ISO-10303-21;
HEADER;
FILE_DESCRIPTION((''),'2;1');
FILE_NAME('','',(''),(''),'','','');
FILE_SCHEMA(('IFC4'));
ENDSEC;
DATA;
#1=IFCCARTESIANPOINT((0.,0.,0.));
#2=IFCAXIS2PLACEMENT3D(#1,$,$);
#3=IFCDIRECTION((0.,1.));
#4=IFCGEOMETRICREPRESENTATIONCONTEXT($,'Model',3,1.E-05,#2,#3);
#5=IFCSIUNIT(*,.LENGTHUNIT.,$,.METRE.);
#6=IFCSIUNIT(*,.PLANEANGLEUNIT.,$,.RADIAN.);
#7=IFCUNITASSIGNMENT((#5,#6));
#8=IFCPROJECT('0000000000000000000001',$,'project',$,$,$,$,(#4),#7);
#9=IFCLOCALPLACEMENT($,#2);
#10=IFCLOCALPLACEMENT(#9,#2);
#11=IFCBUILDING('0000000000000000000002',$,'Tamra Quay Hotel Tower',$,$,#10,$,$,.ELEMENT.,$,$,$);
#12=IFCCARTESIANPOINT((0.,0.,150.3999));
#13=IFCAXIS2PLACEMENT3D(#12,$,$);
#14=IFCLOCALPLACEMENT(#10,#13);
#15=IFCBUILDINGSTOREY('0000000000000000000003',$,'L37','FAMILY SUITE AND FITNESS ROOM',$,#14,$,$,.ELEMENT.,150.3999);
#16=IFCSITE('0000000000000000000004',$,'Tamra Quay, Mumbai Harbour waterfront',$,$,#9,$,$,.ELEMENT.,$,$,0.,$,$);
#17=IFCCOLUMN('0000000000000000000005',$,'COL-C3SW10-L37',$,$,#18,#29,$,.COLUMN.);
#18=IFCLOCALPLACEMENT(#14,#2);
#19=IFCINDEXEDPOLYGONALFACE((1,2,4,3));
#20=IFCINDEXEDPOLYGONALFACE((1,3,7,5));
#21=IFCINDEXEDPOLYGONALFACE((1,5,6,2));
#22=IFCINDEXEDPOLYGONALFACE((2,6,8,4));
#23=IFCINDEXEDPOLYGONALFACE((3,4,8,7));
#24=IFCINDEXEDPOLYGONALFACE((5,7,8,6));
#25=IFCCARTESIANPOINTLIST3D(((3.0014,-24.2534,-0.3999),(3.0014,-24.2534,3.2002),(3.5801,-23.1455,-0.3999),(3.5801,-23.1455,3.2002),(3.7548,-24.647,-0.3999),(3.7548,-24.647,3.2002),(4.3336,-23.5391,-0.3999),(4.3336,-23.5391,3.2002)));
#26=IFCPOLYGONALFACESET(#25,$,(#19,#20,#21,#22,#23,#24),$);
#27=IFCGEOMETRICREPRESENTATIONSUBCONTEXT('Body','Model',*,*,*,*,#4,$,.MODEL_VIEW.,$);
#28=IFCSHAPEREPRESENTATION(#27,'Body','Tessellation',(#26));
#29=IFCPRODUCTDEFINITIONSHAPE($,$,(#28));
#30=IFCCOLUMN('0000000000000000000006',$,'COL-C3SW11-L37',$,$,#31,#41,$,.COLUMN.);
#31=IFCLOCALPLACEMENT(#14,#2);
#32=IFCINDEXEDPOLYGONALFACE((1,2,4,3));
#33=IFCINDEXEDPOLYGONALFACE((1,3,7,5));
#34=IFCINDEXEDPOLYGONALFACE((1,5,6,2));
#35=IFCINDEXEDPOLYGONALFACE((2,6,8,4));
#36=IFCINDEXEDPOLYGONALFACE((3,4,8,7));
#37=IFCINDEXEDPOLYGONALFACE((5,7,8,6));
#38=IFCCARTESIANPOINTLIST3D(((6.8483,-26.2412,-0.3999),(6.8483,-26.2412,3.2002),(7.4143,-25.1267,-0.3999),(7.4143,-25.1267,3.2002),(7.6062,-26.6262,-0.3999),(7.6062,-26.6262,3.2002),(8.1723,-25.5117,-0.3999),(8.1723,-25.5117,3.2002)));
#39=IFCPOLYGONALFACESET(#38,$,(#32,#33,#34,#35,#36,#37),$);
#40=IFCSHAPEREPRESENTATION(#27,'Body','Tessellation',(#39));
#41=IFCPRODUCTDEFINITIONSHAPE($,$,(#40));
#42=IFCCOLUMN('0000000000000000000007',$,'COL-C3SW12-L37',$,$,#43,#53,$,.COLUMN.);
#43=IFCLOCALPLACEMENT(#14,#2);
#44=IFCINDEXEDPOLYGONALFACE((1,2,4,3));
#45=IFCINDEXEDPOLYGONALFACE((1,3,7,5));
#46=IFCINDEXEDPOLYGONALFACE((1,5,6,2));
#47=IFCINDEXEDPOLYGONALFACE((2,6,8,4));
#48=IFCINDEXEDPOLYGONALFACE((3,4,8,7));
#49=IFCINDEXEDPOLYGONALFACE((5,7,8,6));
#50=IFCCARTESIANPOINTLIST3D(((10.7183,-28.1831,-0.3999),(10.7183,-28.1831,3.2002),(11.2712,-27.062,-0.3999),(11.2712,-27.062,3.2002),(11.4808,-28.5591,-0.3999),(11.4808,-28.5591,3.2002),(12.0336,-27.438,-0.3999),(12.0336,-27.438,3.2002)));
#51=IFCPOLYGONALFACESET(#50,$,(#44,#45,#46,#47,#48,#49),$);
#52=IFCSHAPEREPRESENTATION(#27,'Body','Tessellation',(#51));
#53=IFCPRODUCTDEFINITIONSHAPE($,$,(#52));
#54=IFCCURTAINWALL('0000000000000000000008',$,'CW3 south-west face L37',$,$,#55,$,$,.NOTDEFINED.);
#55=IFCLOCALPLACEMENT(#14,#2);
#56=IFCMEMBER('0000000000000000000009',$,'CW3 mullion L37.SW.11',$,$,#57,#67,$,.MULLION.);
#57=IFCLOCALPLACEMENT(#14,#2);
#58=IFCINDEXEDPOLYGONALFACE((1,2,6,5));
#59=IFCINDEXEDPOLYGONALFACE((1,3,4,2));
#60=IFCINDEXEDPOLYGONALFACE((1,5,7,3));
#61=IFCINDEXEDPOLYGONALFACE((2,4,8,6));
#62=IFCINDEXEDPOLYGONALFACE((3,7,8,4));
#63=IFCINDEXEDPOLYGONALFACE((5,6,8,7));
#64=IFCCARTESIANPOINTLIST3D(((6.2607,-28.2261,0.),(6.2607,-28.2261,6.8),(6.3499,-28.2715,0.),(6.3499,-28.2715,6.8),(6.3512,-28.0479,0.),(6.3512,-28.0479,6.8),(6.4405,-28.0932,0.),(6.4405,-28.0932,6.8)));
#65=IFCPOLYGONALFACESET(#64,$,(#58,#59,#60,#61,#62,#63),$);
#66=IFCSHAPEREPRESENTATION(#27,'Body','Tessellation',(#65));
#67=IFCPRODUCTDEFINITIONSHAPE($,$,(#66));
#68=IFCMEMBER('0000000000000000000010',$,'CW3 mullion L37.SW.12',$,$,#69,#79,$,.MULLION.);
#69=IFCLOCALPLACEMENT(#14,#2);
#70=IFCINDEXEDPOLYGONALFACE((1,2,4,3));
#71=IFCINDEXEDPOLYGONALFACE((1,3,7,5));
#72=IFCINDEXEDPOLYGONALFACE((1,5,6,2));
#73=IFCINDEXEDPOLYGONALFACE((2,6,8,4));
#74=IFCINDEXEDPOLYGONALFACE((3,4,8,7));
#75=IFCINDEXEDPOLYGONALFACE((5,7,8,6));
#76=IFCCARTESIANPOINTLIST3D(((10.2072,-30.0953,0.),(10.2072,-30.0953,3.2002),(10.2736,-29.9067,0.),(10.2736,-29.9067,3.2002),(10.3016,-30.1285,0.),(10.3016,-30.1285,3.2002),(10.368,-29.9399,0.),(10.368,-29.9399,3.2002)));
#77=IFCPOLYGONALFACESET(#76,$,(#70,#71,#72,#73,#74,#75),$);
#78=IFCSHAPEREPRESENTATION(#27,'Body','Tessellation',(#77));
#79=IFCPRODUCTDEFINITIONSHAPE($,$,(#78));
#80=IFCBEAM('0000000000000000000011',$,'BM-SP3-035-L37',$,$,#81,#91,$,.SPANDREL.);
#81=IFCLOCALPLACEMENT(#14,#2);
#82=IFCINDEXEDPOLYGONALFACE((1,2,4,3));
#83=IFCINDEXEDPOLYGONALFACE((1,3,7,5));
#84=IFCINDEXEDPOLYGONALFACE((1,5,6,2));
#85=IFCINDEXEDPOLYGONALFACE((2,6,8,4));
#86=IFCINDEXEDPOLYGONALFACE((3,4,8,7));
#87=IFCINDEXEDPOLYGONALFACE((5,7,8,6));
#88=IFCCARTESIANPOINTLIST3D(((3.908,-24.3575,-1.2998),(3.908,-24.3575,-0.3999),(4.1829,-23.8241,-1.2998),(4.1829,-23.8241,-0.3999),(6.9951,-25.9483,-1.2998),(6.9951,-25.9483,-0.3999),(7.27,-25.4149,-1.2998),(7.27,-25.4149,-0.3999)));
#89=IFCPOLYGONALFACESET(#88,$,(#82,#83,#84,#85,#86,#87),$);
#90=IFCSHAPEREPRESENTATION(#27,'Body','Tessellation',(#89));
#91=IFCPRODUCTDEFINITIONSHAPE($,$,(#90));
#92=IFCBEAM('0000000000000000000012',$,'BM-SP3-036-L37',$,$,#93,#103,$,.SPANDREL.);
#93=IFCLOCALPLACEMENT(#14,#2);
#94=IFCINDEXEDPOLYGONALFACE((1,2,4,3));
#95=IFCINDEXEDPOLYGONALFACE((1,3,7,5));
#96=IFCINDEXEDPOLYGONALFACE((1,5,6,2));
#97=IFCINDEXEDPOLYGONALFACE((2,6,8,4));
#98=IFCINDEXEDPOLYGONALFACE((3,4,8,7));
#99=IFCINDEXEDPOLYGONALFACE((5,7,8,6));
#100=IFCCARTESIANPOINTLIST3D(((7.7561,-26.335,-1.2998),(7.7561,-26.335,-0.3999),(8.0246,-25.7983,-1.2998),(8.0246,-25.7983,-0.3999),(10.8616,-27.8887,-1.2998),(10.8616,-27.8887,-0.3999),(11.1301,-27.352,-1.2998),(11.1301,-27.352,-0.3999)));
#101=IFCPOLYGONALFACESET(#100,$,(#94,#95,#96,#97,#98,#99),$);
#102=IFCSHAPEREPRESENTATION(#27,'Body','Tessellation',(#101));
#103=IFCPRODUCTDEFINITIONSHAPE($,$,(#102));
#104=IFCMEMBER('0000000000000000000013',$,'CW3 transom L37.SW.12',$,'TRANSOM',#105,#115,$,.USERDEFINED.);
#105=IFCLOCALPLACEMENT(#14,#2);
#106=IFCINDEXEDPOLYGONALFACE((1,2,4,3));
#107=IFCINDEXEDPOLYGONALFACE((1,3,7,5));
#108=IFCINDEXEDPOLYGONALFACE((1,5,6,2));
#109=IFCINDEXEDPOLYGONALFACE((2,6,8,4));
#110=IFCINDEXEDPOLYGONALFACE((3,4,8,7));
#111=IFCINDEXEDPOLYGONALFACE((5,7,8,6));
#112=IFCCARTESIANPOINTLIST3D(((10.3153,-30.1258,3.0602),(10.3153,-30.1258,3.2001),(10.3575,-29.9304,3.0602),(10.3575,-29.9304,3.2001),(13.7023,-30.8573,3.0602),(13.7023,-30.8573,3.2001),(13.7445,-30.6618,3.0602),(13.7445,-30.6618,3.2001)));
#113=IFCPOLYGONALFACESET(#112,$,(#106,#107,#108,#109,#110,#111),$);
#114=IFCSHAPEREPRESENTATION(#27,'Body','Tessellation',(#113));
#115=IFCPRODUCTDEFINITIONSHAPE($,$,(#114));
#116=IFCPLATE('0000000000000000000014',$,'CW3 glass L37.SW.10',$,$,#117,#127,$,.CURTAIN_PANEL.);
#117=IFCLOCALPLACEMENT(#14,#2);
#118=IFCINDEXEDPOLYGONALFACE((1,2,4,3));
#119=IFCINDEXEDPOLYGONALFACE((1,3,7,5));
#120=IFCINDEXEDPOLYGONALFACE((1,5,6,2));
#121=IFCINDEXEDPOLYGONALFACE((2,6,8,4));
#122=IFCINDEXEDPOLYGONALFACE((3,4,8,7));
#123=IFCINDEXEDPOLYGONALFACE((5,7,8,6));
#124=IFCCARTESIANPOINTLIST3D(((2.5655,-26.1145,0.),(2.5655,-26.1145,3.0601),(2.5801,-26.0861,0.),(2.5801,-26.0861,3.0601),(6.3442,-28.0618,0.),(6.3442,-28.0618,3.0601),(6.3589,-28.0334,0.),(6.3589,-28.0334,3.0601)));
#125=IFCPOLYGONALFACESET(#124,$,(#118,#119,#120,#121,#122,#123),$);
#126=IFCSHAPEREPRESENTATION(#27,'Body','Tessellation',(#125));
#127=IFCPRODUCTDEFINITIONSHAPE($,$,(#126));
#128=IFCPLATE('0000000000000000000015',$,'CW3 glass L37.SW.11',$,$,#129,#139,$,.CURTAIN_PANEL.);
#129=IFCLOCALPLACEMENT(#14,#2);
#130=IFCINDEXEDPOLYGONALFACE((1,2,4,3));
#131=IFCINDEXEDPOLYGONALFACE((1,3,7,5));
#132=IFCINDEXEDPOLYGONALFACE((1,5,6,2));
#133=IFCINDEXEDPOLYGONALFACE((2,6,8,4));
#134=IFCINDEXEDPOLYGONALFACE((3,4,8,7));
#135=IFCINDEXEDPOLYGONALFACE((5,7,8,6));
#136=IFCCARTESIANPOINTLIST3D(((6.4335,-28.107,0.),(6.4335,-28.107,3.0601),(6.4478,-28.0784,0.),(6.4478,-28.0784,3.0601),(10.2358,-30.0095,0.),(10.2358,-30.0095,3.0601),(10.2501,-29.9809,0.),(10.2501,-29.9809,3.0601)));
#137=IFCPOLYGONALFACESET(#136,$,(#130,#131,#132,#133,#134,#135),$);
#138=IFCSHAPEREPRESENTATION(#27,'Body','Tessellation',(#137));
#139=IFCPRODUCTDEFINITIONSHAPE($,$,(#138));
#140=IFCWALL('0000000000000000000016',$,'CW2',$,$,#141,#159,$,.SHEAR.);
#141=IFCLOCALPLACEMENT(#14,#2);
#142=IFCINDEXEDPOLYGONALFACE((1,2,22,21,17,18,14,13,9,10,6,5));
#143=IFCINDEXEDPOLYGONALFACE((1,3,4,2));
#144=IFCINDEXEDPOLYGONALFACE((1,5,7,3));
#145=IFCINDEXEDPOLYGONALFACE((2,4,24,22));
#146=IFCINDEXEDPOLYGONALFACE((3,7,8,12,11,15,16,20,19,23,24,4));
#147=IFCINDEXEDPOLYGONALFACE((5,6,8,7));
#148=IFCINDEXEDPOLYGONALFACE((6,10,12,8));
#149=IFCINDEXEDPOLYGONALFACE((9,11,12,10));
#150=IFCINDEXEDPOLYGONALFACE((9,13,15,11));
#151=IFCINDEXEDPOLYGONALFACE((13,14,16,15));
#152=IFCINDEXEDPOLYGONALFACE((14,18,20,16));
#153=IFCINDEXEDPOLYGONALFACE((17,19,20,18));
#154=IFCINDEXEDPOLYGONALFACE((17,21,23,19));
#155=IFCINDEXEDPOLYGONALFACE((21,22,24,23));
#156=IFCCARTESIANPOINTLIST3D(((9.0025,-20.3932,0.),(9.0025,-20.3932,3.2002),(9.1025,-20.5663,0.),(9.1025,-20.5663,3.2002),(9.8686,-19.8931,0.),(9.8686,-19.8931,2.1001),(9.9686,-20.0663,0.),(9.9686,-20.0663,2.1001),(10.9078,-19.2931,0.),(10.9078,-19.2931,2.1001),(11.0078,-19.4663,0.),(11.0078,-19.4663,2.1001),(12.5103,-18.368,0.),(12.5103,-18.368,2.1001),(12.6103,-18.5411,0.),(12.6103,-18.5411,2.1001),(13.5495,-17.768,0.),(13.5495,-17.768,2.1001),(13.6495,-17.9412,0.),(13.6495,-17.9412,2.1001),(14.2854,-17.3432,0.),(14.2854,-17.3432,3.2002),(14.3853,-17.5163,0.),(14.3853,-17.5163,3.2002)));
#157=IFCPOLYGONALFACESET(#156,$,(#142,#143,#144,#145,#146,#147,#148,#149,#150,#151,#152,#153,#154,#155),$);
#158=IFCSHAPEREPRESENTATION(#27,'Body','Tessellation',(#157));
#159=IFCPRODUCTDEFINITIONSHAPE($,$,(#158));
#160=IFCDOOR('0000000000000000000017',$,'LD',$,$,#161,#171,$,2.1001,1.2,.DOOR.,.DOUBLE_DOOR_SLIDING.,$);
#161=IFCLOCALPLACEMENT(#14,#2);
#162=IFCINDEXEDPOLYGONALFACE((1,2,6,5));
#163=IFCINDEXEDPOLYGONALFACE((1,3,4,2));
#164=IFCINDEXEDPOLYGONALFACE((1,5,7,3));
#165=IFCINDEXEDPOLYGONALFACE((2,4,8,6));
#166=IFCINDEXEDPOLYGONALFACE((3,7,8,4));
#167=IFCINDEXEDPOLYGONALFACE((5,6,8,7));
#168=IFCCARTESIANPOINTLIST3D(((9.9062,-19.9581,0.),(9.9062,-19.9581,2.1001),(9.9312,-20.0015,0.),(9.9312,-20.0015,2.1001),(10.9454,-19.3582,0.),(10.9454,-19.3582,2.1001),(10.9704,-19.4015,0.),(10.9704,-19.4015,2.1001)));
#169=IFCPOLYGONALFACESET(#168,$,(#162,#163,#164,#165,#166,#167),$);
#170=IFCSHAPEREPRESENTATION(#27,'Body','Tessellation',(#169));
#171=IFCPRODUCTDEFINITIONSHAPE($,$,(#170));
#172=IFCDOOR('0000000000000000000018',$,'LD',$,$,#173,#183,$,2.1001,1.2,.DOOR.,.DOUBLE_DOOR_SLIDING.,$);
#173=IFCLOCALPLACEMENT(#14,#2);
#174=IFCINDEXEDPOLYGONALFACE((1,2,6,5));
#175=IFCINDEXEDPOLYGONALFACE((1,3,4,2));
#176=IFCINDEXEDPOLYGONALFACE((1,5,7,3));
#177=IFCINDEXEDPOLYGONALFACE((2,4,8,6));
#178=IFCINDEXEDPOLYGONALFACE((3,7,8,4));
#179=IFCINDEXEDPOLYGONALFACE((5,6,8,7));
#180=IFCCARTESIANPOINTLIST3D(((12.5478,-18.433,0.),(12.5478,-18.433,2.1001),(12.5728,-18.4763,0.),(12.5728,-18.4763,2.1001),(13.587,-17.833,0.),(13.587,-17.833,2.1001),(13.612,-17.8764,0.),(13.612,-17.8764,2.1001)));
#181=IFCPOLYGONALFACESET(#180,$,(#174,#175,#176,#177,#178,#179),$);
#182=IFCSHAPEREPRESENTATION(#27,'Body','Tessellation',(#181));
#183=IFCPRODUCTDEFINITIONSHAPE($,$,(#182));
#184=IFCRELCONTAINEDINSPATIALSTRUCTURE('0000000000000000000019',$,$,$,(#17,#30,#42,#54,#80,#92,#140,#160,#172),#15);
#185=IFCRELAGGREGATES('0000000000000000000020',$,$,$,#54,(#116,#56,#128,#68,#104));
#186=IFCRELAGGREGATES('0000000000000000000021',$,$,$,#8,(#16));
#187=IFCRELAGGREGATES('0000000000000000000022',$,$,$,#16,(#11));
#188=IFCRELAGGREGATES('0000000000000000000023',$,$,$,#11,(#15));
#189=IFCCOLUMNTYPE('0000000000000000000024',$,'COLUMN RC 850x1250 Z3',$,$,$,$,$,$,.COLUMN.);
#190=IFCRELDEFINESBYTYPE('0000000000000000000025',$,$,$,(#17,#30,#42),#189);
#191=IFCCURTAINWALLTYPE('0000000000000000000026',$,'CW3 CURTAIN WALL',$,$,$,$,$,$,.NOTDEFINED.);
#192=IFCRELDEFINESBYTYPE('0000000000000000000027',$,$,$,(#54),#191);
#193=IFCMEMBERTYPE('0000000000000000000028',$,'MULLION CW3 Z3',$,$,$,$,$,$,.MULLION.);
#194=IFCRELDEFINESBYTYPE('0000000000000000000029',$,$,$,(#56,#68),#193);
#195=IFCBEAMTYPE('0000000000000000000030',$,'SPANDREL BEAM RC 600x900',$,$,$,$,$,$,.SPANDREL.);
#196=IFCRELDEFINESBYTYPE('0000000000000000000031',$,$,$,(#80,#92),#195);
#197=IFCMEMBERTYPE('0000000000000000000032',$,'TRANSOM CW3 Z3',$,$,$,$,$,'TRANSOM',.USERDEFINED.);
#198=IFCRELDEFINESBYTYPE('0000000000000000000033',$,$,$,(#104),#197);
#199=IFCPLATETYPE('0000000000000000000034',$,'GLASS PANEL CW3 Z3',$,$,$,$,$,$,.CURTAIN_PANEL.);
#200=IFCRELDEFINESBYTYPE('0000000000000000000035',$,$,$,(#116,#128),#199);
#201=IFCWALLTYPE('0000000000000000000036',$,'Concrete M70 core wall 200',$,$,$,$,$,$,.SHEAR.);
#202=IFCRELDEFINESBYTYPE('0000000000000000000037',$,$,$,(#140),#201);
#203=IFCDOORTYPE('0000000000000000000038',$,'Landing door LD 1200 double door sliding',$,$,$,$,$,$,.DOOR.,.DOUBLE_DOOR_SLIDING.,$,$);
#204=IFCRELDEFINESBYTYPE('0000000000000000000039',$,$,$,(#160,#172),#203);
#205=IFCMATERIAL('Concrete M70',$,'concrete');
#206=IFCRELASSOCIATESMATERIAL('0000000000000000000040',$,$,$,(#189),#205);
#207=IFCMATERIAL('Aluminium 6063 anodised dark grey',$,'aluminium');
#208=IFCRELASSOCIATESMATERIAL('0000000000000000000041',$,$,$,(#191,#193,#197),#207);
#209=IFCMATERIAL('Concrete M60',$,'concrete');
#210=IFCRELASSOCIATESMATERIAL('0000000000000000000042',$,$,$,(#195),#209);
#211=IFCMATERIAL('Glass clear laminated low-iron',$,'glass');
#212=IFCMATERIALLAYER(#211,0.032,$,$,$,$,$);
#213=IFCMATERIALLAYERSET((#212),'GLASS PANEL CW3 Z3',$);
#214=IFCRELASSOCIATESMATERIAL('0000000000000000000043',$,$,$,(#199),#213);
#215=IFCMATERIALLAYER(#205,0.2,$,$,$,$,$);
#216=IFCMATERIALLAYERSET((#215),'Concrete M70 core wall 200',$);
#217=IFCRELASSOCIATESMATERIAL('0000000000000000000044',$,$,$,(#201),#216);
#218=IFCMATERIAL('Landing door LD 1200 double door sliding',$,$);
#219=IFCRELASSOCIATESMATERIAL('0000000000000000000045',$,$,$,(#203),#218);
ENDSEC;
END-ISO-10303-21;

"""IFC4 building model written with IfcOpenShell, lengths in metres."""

from ifc_helpers import new_model, si_unit, direction, frame, frame_2d, origin, origin_2d, place, context, subcontext, project, spatial, rectangle, extrude, material, layer, layer_set, material_profile, profile_set, type_object, element, fill, aggregate, save


model = new_model("IFC4")

# Units and contexts
model_context = context("Model", 3, precision=1e-05, world=origin(), true_north=direction((0.0, 1.0)))
body_context = subcontext(model_context, "Body", "Model", "MODEL_VIEW")
ifc_project = project(units=[si_unit("LENGTHUNIT", "METRE"), si_unit("PLANEANGLEUNIT", "RADIAN")], contexts=[model_context])

# Site, building, storey
site_placement = place(None, origin())
site = spatial("IfcSite", under=ifc_project, at=site_placement, Name="Tamra Quay, Mumbai Harbour waterfront", CompositionType="ELEMENT", RefElevation=0.0)
building_placement = place(site_placement, origin())
building = spatial("IfcBuilding", under=site, at=building_placement, Name="Tamra Quay Hotel Tower", CompositionType="ELEMENT")
storey_placement = place(building_placement, frame((0.0, 0.0, 150.3999)))
storey = spatial("IfcBuildingStorey", under=building, at=storey_placement, Name="L37", Description="FAMILY SUITE AND FITNESS ROOM", CompositionType="ELEMENT", Elevation=150.3999)

# Columns
ifc_material_1 = material(Name="Concrete M70", Category="concrete")
ifc_material_profile_1 = material_profile(ifc_material_1, rectangle(XDim=1.25, YDim=0.8501, at=origin_2d()), Name="COLUMN RC 850x1250 Z3")
ifc_profile_set_1 = profile_set([ifc_material_profile_1], Name="Concrete M70")
column_type = type_object("IfcColumnType", Name="COLUMN RC 850x1250 Z3", PredefinedType="COLUMN", material=ifc_profile_set_1)
for number, where, z_axis, x_axis, name in (
    (1, (3.6675, -23.8962, -0.3999), (0.0, 0.0, 1.0), (0.463007, 0.886355, 0.0), "COL-C3SW10-L37"),
    (2, (7.5103, -25.8765, -0.3999), (0.0, 0.0, 1.0), (0.45286, 0.891582, 0.0), "COL-C3SW11-L37"),
    (3, (11.376, -27.8105, -0.3999), (0.0, 0.0, 1.0), (0.442275, 0.89688, 0.0), "COL-C3SW12-L37"),
):
    element("IfcColumn", number, at=place(storey_placement, frame(where, z_axis=z_axis, x_axis=x_axis)), inside=storey, type_object=column_type, Name=name, PredefinedType="COLUMN", context=body_context, shape_type="SweptSolid", body=[
        extrude(rectangle(XDim=1.25, YDim=0.8501, at=origin_2d()), origin(), (0.0, 0.0, 1.0), 3.6001),
    ])

# Curtain wall, members
ifc_material_2 = material(Name="Aluminium 6063 anodised dark grey", Category="aluminium")
curtain_wall_type = type_object("IfcCurtainWallType", Name="CW3 CURTAIN WALL", PredefinedType="NOTDEFINED", material=ifc_material_2)
curtain_wall_placement = place(storey_placement, origin())
curtain_wall = element("IfcCurtainWall", 4, at=curtain_wall_placement, inside=storey, type_object=curtain_wall_type, Name="CW3 south-west face L37", PredefinedType="NOTDEFINED")
ifc_material_profile_2 = material_profile(ifc_material_2, rectangle(XDim=0.2, YDim=0.1001, at=origin_2d()), Name="MULLION 100X200")
ifc_profile_set_2 = profile_set([ifc_material_profile_2], Name="Aluminium 6063 anodised dark grey")
member_type_1 = type_object("IfcMemberType", Name="MULLION CW3 Z3", PredefinedType="MULLION", material=ifc_profile_set_2)
member_1_placement = place(storey_placement, frame((6.3506, -28.1597, 0.0), z_axis=(0.0, 0.0, 1.0), x_axis=(-0.452777, -0.891624, 0.0)))
member_1 = element("IfcMember", 5, at=member_1_placement, type_object=member_type_1, Name="CW3 mullion L37.SW.11", PredefinedType="MULLION", context=body_context, shape_type="SweptSolid", body=[
    extrude(rectangle(XDim=0.2, YDim=0.1001, at=origin_2d()), origin(), (0.0, 0.0, 1.0), 6.8),
])
member_2_placement = place(storey_placement, frame((10.2876, -30.0176, 0.0), z_axis=(0.0, 0.0, 1.0), x_axis=(-0.331894, -0.943317, 0.0)))
member_2 = element("IfcMember", 6, at=member_2_placement, type_object=member_type_1, Name="CW3 mullion L37.SW.12", PredefinedType="MULLION", context=body_context, shape_type="SweptSolid", body=[
    extrude(rectangle(XDim=0.2, YDim=0.1001, at=origin_2d()), origin(), (0.0, 0.0, 1.0), 3.2002),
])

# Beams
ifc_material_3 = material(Name="Concrete M60", Category="concrete")
ifc_material_profile_3 = material_profile(ifc_material_3, rectangle(XDim=0.6001, YDim=0.8999, at=origin_2d()), Name="SPANDREL BEAM RC 600x900")
ifc_profile_set_3 = profile_set([ifc_material_profile_3], Name="Concrete M60")
beam_type = type_object("IfcBeamType", Name="SPANDREL BEAM RC 600x900", PredefinedType="SPANDREL", material=ifc_profile_set_3)
beam_1_placement = place(storey_placement, frame((4.0454, -24.0908, -0.8499), z_axis=(0.88892, -0.458063, 0.0), x_axis=(0.458063, 0.88892, 0.0)))
element("IfcBeam", 7, at=beam_1_placement, inside=storey, type_object=beam_type, Name="BM-SP3-035-L37", PredefinedType="SPANDREL", context=body_context, shape_type="SweptSolid", body=[
    extrude(rectangle(XDim=0.6001, YDim=0.8999, at=origin_2d()), origin(), (0.0, 0.0, 1.0), 3.4729),
])
beam_2_placement = place(storey_placement, frame((7.8904, -26.0667, -0.8499), z_axis=(0.894315, -0.447439, 0.0), x_axis=(0.447439, 0.894315, 0.0)))
element("IfcBeam", 8, at=beam_2_placement, inside=storey, type_object=beam_type, Name="BM-SP3-036-L37", PredefinedType="SPANDREL", context=body_context, shape_type="SweptSolid", body=[
    extrude(rectangle(XDim=0.6001, YDim=0.8999, at=origin_2d()), origin(), (0.0, 0.0, 1.0), 3.4724),
])

# Member
ifc_material_profile_4 = material_profile(ifc_material_2, rectangle(XDim=0.2, YDim=0.1399, at=origin_2d()), Name="TRANSOM 200X140")
ifc_profile_set_4 = profile_set([ifc_material_profile_4], Name="Aluminium 6063 anodised dark grey")
member_type_2 = type_object("IfcMemberType", Name="TRANSOM CW3 Z3", ElementType="TRANSOM", PredefinedType="USERDEFINED", material=ifc_profile_set_4)
member_3_placement = place(storey_placement, frame((10.3364, -30.0281, 3.1301), z_axis=(0.977466, -0.211093, 0.0), x_axis=(0.211093, 0.977466, 0.0)))
member_3 = element("IfcMember", 9, at=member_3_placement, type_object=member_type_2, Name="CW3 transom L37.SW.12", ObjectType="TRANSOM", PredefinedType="USERDEFINED", context=body_context, shape_type="SweptSolid", body=[
    extrude(rectangle(XDim=0.2, YDim=0.1399, at=origin_2d()), origin(), (0.0, 0.0, 1.0), 3.4651),
])

# Plates
ifc_material_4 = material(Name="Glass clear laminated low-iron", Category="glass")
ifc_layer_1 = layer(ifc_material_4, 0.032)
ifc_layer_set_1 = layer_set([ifc_layer_1], Name="GLASS PANEL CW3 Z3")
plate_type = type_object("IfcPlateType", Name="GLASS PANEL CW3 Z3", PredefinedType="CURTAIN_PANEL", material=ifc_layer_set_1)
plate_1_placement = place(storey_placement, frame((4.4622, -27.074, 0.0), z_axis=(0.0, 0.0, 1.0), x_axis=(0.888911, -0.458079, 0.0)))
plate_1 = element("IfcPlate", 10, at=plate_1_placement, type_object=plate_type, Name="CW3 glass L37.SW.10", PredefinedType="CURTAIN_PANEL", context=body_context, shape_type="SweptSolid", body=[
    extrude(rectangle(XDim=4.251, YDim=0.032, at=origin_2d()), origin(), (0.0, 0.0, 1.0), 3.0601),
])
plate_2_placement = place(storey_placement, frame((8.3418, -29.0439, 0.0), z_axis=(0.0, 0.0, 1.0), x_axis=(0.894305, -0.447459, 0.0)))
plate_2 = element("IfcPlate", 11, at=plate_2_placement, type_object=plate_type, Name="CW3 glass L37.SW.11", PredefinedType="CURTAIN_PANEL", context=body_context, shape_type="SweptSolid", body=[
    extrude(rectangle(XDim=4.2517, YDim=0.032, at=origin_2d()), origin(), (0.0, 0.0, 1.0), 3.0601),
])
aggregate(curtain_wall, [plate_1, member_1, plate_2, member_2, member_3])

# Wall, openings, doors
ifc_layer_2 = layer(ifc_material_1, 0.2)
ifc_layer_set_2 = layer_set([ifc_layer_2], Name="Concrete M70 core wall 200")
wall_type_1 = type_object("IfcWallType", Name="Concrete M70 core wall 200", PredefinedType="SHEAR", material=ifc_layer_set_2)
wall_1_placement = place(storey_placement, frame((9.0525, -20.4797, 0.0), z_axis=(0.0, 0.0, 1.0), x_axis=(0.86603, 0.499992, 0.0)))
wall_1 = element("IfcWall", 12, at=wall_1_placement, inside=storey, type_object=wall_type_1, Name="CW2", PredefinedType="SHEAR", context=body_context, shape_type="SweptSolid", body=[
    extrude(rectangle(XDim=6.1001, YDim=0.2, at=frame_2d((3.05, 0.0))), origin(), (0.0, 0.0, 1.0), 3.2002),
])
opening_1_placement = place(wall_1_placement, frame((1.0, 0.0, 0.0)))
opening_1 = element("IfcOpeningElement", 13, at=opening_1_placement, cuts=wall_1, PredefinedType="OPENING", context=body_context, shape_type="SweptSolid", body=[
    extrude(rectangle(XDim=1.2, YDim=2.1001, at=frame_2d((0.6001, 1.05))), frame((0.0, 0.1099, 0.0), z_axis=(0.0, -1.0, 0.0), x_axis=(1.0, 0.0, 0.0)), (0.0, 0.0, 1.0), 0.22),
])
opening_2_placement = place(wall_1_placement, frame((4.0503, 0.0, 0.0)))
opening_2 = element("IfcOpeningElement", 14, at=opening_2_placement, cuts=wall_1, PredefinedType="OPENING", context=body_context, shape_type="SweptSolid", body=[
    extrude(rectangle(XDim=1.2, YDim=2.1001, at=frame_2d((0.6001, 1.05))), frame((0.0, 0.1099, 0.0), z_axis=(0.0, -1.0, 0.0), x_axis=(1.0, 0.0, 0.0)), (0.0, 0.0, 1.0), 0.22),
])
ifc_material_5 = material(Name="Landing door LD 1200 double door sliding")
door_type_1 = type_object("IfcDoorType", Name="Landing door LD 1200 double door sliding", OperationType="DOUBLE_DOOR_SLIDING", PredefinedType="DOOR", material=ifc_material_5)
door_1_placement = place(opening_1_placement, origin())
door_1 = element("IfcDoor", 15, at=door_1_placement, inside=storey, type_object=door_type_1, Name="LD", OperationType="DOUBLE_DOOR_SLIDING", OverallHeight=2.1001, OverallWidth=1.2, PredefinedType="DOOR", context=body_context, shape_type="SweptSolid", body=[
    extrude(rectangle(XDim=1.2, YDim=2.1001, at=frame_2d((0.6001, 1.05))), frame((0.0, 0.0249, 0.0), z_axis=(0.0, -1.0, 0.0), x_axis=(1.0, 0.0, 0.0)), (0.0, 0.0, 1.0), 0.05),
])
fill(opening_1, door_1)
door_2_placement = place(opening_2_placement, origin())
door_2 = element("IfcDoor", 16, at=door_2_placement, inside=storey, type_object=door_type_1, Name="LD", OperationType="DOUBLE_DOOR_SLIDING", OverallHeight=2.1001, OverallWidth=1.2, PredefinedType="DOOR", context=body_context, shape_type="SweptSolid", body=[
    extrude(rectangle(XDim=1.2, YDim=2.1001, at=frame_2d((0.6001, 1.05))), frame((0.0, 0.0249, 0.0), z_axis=(0.0, -1.0, 0.0), x_axis=(1.0, 0.0, 0.0)), (0.0, 0.0, 1.0), 0.05),
])
fill(opening_2, door_2)

save(model, "model.ifc")
